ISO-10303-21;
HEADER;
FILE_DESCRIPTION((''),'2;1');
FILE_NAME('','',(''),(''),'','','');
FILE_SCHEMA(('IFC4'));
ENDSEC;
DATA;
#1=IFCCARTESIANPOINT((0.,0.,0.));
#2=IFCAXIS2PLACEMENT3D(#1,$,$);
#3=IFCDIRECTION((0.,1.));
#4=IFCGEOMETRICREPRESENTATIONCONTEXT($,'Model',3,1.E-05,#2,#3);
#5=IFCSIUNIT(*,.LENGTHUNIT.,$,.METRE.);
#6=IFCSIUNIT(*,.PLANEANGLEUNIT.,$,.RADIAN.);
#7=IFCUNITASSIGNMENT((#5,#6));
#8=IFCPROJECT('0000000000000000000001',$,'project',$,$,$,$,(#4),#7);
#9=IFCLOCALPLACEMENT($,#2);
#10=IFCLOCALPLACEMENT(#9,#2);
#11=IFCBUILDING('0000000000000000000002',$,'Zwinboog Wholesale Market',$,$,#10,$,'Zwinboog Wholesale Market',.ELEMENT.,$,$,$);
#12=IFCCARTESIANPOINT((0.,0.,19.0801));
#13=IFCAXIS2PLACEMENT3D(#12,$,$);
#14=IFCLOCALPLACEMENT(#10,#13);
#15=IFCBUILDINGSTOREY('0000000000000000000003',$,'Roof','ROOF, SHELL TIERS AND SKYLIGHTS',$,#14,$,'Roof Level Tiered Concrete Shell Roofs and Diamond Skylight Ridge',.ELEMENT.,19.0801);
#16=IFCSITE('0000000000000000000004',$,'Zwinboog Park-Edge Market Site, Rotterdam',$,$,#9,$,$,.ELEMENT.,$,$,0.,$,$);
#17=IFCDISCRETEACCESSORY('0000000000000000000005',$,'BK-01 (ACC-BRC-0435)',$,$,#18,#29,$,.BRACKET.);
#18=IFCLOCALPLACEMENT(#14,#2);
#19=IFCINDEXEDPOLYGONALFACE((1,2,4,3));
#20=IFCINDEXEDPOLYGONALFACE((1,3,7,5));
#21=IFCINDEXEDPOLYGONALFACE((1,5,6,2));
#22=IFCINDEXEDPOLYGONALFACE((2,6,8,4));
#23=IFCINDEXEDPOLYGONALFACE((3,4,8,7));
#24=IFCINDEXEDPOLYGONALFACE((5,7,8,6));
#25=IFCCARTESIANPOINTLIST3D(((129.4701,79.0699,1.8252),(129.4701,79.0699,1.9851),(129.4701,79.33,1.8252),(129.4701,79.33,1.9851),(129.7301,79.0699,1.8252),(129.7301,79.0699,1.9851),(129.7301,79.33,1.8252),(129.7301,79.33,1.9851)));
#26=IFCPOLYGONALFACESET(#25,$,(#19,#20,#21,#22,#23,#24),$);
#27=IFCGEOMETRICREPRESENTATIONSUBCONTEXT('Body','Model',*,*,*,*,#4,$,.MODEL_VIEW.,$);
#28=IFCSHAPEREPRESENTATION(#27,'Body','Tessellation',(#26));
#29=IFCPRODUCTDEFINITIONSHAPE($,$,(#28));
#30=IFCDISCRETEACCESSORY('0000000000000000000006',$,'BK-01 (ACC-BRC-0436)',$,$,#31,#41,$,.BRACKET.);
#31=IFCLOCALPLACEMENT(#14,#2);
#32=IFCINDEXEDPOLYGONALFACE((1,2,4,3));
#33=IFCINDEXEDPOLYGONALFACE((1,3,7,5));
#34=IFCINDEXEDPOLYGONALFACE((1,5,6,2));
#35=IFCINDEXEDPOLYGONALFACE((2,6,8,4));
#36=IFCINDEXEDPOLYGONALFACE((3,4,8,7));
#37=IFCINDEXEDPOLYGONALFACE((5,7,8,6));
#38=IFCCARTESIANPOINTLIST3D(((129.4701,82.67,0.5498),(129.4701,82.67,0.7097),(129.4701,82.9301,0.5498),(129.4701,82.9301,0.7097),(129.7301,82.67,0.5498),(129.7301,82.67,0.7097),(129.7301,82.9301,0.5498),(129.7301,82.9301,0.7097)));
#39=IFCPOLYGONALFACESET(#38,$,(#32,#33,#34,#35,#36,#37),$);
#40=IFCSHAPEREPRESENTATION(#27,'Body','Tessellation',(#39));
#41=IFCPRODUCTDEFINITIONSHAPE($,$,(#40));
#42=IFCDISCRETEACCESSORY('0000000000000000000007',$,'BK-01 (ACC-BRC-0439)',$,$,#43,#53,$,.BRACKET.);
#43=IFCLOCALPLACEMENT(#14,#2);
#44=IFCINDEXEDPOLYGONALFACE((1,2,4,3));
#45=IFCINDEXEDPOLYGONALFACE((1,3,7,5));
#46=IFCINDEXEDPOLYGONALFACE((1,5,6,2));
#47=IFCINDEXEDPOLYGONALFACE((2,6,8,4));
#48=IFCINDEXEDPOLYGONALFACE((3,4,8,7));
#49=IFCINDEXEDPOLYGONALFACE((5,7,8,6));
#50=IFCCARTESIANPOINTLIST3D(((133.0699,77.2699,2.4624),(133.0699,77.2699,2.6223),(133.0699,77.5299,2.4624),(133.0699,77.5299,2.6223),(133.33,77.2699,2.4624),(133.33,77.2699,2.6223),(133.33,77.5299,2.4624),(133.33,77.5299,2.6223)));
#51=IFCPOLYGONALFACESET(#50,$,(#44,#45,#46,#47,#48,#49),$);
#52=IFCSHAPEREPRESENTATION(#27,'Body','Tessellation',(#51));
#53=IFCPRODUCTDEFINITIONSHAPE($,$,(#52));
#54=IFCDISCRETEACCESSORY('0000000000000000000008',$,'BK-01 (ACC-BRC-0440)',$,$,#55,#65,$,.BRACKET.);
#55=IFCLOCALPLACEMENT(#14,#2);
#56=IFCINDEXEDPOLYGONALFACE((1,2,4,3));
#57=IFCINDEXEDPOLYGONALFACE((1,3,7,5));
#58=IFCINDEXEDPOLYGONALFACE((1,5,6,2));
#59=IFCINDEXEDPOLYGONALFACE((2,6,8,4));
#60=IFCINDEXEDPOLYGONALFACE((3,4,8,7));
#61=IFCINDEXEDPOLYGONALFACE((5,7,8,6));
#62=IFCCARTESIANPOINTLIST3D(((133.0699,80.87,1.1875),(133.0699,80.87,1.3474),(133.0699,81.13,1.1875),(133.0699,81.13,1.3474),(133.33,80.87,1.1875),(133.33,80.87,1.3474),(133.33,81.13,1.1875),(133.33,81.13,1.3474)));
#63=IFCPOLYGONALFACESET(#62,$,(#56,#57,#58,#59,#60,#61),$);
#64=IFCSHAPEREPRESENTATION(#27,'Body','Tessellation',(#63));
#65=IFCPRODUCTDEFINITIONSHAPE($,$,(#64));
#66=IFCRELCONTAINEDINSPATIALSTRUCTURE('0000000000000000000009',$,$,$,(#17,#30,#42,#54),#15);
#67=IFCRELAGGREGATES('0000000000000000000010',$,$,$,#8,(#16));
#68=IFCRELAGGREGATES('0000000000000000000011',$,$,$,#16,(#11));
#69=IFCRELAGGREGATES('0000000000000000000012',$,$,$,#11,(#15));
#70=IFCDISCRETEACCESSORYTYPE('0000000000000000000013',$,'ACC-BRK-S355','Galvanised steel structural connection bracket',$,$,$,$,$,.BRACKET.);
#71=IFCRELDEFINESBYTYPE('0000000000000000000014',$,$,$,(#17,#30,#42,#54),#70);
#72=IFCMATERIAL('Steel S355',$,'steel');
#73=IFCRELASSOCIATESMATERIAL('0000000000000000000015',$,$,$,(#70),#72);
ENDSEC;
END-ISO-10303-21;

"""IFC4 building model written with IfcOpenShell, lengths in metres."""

from ifc_helpers import new_model, si_unit, direction, frame, origin, origin_2d, place, context, subcontext, project, spatial, rectangle, extrude, material, type_object, element, save


model = new_model("IFC4")

# Units and contexts
model_context = context("Model", 3, precision=1e-05, world=origin(), true_north=direction((0.0, 1.0)))
body_context = subcontext(model_context, "Body", "Model", "MODEL_VIEW")
ifc_project = project(units=[si_unit("LENGTHUNIT", "METRE"), si_unit("PLANEANGLEUNIT", "RADIAN")], contexts=[model_context])

# Site, building, storey
site_placement = place(None, origin())
site = spatial("IfcSite", under=ifc_project, at=site_placement, Name="Zwinboog Park-Edge Market Site, Rotterdam", CompositionType="ELEMENT", RefElevation=0.0)
building_placement = place(site_placement, origin())
building = spatial("IfcBuilding", under=site, at=building_placement, Name="Zwinboog Wholesale Market", LongName="Zwinboog Wholesale Market", CompositionType="ELEMENT")
storey_placement = place(building_placement, frame((0.0, 0.0, 19.0801)))
storey = spatial("IfcBuildingStorey", under=building, at=storey_placement, Name="Roof", Description="ROOF, SHELL TIERS AND SKYLIGHTS", LongName="Roof Level Tiered Concrete Shell Roofs and Diamond Skylight Ridge", CompositionType="ELEMENT", Elevation=19.0801)

# Shared definitions
ifc_material_1 = material(Name="Steel S355", Category="steel")

# Discrete accessories
discrete_accessory_type = type_object("IfcDiscreteAccessoryType", Name="ACC-BRK-S355", Description="Galvanised steel structural connection bracket", PredefinedType="BRACKET", material=ifc_material_1)
for number, where, z_axis, x_axis, name in (
    (1, (129.6001, 79.2, 1.8252), (0.0, 0.0, 1.0), (1.0, 0.0, 0.0), "BK-01 (ACC-BRC-0435)"),
    (2, (129.6001, 82.8, 0.5498), (0.0, 0.0, 1.0), (1.0, 0.0, 0.0), "BK-01 (ACC-BRC-0436)"),
    (3, (133.2, 77.3999, 2.4624), (0.0, 0.0, 1.0), (1.0, 0.0, 0.0), "BK-01 (ACC-BRC-0439)"),
    (4, (133.2, 81.0, 1.1875), (0.0, 0.0, 1.0), (1.0, 0.0, 0.0), "BK-01 (ACC-BRC-0440)"),
):
    element("IfcDiscreteAccessory", number, at=place(storey_placement, frame(where, z_axis=z_axis, x_axis=x_axis)), inside=storey, type_object=discrete_accessory_type, Name=name, PredefinedType="BRACKET", context=body_context, shape_type="SweptSolid", body=[
        extrude(rectangle(XDim=0.26, YDim=0.26, at=origin_2d()), origin(), (0.0, 0.0, 1.0), 0.1599),
    ])

save(model, "model.ifc")
